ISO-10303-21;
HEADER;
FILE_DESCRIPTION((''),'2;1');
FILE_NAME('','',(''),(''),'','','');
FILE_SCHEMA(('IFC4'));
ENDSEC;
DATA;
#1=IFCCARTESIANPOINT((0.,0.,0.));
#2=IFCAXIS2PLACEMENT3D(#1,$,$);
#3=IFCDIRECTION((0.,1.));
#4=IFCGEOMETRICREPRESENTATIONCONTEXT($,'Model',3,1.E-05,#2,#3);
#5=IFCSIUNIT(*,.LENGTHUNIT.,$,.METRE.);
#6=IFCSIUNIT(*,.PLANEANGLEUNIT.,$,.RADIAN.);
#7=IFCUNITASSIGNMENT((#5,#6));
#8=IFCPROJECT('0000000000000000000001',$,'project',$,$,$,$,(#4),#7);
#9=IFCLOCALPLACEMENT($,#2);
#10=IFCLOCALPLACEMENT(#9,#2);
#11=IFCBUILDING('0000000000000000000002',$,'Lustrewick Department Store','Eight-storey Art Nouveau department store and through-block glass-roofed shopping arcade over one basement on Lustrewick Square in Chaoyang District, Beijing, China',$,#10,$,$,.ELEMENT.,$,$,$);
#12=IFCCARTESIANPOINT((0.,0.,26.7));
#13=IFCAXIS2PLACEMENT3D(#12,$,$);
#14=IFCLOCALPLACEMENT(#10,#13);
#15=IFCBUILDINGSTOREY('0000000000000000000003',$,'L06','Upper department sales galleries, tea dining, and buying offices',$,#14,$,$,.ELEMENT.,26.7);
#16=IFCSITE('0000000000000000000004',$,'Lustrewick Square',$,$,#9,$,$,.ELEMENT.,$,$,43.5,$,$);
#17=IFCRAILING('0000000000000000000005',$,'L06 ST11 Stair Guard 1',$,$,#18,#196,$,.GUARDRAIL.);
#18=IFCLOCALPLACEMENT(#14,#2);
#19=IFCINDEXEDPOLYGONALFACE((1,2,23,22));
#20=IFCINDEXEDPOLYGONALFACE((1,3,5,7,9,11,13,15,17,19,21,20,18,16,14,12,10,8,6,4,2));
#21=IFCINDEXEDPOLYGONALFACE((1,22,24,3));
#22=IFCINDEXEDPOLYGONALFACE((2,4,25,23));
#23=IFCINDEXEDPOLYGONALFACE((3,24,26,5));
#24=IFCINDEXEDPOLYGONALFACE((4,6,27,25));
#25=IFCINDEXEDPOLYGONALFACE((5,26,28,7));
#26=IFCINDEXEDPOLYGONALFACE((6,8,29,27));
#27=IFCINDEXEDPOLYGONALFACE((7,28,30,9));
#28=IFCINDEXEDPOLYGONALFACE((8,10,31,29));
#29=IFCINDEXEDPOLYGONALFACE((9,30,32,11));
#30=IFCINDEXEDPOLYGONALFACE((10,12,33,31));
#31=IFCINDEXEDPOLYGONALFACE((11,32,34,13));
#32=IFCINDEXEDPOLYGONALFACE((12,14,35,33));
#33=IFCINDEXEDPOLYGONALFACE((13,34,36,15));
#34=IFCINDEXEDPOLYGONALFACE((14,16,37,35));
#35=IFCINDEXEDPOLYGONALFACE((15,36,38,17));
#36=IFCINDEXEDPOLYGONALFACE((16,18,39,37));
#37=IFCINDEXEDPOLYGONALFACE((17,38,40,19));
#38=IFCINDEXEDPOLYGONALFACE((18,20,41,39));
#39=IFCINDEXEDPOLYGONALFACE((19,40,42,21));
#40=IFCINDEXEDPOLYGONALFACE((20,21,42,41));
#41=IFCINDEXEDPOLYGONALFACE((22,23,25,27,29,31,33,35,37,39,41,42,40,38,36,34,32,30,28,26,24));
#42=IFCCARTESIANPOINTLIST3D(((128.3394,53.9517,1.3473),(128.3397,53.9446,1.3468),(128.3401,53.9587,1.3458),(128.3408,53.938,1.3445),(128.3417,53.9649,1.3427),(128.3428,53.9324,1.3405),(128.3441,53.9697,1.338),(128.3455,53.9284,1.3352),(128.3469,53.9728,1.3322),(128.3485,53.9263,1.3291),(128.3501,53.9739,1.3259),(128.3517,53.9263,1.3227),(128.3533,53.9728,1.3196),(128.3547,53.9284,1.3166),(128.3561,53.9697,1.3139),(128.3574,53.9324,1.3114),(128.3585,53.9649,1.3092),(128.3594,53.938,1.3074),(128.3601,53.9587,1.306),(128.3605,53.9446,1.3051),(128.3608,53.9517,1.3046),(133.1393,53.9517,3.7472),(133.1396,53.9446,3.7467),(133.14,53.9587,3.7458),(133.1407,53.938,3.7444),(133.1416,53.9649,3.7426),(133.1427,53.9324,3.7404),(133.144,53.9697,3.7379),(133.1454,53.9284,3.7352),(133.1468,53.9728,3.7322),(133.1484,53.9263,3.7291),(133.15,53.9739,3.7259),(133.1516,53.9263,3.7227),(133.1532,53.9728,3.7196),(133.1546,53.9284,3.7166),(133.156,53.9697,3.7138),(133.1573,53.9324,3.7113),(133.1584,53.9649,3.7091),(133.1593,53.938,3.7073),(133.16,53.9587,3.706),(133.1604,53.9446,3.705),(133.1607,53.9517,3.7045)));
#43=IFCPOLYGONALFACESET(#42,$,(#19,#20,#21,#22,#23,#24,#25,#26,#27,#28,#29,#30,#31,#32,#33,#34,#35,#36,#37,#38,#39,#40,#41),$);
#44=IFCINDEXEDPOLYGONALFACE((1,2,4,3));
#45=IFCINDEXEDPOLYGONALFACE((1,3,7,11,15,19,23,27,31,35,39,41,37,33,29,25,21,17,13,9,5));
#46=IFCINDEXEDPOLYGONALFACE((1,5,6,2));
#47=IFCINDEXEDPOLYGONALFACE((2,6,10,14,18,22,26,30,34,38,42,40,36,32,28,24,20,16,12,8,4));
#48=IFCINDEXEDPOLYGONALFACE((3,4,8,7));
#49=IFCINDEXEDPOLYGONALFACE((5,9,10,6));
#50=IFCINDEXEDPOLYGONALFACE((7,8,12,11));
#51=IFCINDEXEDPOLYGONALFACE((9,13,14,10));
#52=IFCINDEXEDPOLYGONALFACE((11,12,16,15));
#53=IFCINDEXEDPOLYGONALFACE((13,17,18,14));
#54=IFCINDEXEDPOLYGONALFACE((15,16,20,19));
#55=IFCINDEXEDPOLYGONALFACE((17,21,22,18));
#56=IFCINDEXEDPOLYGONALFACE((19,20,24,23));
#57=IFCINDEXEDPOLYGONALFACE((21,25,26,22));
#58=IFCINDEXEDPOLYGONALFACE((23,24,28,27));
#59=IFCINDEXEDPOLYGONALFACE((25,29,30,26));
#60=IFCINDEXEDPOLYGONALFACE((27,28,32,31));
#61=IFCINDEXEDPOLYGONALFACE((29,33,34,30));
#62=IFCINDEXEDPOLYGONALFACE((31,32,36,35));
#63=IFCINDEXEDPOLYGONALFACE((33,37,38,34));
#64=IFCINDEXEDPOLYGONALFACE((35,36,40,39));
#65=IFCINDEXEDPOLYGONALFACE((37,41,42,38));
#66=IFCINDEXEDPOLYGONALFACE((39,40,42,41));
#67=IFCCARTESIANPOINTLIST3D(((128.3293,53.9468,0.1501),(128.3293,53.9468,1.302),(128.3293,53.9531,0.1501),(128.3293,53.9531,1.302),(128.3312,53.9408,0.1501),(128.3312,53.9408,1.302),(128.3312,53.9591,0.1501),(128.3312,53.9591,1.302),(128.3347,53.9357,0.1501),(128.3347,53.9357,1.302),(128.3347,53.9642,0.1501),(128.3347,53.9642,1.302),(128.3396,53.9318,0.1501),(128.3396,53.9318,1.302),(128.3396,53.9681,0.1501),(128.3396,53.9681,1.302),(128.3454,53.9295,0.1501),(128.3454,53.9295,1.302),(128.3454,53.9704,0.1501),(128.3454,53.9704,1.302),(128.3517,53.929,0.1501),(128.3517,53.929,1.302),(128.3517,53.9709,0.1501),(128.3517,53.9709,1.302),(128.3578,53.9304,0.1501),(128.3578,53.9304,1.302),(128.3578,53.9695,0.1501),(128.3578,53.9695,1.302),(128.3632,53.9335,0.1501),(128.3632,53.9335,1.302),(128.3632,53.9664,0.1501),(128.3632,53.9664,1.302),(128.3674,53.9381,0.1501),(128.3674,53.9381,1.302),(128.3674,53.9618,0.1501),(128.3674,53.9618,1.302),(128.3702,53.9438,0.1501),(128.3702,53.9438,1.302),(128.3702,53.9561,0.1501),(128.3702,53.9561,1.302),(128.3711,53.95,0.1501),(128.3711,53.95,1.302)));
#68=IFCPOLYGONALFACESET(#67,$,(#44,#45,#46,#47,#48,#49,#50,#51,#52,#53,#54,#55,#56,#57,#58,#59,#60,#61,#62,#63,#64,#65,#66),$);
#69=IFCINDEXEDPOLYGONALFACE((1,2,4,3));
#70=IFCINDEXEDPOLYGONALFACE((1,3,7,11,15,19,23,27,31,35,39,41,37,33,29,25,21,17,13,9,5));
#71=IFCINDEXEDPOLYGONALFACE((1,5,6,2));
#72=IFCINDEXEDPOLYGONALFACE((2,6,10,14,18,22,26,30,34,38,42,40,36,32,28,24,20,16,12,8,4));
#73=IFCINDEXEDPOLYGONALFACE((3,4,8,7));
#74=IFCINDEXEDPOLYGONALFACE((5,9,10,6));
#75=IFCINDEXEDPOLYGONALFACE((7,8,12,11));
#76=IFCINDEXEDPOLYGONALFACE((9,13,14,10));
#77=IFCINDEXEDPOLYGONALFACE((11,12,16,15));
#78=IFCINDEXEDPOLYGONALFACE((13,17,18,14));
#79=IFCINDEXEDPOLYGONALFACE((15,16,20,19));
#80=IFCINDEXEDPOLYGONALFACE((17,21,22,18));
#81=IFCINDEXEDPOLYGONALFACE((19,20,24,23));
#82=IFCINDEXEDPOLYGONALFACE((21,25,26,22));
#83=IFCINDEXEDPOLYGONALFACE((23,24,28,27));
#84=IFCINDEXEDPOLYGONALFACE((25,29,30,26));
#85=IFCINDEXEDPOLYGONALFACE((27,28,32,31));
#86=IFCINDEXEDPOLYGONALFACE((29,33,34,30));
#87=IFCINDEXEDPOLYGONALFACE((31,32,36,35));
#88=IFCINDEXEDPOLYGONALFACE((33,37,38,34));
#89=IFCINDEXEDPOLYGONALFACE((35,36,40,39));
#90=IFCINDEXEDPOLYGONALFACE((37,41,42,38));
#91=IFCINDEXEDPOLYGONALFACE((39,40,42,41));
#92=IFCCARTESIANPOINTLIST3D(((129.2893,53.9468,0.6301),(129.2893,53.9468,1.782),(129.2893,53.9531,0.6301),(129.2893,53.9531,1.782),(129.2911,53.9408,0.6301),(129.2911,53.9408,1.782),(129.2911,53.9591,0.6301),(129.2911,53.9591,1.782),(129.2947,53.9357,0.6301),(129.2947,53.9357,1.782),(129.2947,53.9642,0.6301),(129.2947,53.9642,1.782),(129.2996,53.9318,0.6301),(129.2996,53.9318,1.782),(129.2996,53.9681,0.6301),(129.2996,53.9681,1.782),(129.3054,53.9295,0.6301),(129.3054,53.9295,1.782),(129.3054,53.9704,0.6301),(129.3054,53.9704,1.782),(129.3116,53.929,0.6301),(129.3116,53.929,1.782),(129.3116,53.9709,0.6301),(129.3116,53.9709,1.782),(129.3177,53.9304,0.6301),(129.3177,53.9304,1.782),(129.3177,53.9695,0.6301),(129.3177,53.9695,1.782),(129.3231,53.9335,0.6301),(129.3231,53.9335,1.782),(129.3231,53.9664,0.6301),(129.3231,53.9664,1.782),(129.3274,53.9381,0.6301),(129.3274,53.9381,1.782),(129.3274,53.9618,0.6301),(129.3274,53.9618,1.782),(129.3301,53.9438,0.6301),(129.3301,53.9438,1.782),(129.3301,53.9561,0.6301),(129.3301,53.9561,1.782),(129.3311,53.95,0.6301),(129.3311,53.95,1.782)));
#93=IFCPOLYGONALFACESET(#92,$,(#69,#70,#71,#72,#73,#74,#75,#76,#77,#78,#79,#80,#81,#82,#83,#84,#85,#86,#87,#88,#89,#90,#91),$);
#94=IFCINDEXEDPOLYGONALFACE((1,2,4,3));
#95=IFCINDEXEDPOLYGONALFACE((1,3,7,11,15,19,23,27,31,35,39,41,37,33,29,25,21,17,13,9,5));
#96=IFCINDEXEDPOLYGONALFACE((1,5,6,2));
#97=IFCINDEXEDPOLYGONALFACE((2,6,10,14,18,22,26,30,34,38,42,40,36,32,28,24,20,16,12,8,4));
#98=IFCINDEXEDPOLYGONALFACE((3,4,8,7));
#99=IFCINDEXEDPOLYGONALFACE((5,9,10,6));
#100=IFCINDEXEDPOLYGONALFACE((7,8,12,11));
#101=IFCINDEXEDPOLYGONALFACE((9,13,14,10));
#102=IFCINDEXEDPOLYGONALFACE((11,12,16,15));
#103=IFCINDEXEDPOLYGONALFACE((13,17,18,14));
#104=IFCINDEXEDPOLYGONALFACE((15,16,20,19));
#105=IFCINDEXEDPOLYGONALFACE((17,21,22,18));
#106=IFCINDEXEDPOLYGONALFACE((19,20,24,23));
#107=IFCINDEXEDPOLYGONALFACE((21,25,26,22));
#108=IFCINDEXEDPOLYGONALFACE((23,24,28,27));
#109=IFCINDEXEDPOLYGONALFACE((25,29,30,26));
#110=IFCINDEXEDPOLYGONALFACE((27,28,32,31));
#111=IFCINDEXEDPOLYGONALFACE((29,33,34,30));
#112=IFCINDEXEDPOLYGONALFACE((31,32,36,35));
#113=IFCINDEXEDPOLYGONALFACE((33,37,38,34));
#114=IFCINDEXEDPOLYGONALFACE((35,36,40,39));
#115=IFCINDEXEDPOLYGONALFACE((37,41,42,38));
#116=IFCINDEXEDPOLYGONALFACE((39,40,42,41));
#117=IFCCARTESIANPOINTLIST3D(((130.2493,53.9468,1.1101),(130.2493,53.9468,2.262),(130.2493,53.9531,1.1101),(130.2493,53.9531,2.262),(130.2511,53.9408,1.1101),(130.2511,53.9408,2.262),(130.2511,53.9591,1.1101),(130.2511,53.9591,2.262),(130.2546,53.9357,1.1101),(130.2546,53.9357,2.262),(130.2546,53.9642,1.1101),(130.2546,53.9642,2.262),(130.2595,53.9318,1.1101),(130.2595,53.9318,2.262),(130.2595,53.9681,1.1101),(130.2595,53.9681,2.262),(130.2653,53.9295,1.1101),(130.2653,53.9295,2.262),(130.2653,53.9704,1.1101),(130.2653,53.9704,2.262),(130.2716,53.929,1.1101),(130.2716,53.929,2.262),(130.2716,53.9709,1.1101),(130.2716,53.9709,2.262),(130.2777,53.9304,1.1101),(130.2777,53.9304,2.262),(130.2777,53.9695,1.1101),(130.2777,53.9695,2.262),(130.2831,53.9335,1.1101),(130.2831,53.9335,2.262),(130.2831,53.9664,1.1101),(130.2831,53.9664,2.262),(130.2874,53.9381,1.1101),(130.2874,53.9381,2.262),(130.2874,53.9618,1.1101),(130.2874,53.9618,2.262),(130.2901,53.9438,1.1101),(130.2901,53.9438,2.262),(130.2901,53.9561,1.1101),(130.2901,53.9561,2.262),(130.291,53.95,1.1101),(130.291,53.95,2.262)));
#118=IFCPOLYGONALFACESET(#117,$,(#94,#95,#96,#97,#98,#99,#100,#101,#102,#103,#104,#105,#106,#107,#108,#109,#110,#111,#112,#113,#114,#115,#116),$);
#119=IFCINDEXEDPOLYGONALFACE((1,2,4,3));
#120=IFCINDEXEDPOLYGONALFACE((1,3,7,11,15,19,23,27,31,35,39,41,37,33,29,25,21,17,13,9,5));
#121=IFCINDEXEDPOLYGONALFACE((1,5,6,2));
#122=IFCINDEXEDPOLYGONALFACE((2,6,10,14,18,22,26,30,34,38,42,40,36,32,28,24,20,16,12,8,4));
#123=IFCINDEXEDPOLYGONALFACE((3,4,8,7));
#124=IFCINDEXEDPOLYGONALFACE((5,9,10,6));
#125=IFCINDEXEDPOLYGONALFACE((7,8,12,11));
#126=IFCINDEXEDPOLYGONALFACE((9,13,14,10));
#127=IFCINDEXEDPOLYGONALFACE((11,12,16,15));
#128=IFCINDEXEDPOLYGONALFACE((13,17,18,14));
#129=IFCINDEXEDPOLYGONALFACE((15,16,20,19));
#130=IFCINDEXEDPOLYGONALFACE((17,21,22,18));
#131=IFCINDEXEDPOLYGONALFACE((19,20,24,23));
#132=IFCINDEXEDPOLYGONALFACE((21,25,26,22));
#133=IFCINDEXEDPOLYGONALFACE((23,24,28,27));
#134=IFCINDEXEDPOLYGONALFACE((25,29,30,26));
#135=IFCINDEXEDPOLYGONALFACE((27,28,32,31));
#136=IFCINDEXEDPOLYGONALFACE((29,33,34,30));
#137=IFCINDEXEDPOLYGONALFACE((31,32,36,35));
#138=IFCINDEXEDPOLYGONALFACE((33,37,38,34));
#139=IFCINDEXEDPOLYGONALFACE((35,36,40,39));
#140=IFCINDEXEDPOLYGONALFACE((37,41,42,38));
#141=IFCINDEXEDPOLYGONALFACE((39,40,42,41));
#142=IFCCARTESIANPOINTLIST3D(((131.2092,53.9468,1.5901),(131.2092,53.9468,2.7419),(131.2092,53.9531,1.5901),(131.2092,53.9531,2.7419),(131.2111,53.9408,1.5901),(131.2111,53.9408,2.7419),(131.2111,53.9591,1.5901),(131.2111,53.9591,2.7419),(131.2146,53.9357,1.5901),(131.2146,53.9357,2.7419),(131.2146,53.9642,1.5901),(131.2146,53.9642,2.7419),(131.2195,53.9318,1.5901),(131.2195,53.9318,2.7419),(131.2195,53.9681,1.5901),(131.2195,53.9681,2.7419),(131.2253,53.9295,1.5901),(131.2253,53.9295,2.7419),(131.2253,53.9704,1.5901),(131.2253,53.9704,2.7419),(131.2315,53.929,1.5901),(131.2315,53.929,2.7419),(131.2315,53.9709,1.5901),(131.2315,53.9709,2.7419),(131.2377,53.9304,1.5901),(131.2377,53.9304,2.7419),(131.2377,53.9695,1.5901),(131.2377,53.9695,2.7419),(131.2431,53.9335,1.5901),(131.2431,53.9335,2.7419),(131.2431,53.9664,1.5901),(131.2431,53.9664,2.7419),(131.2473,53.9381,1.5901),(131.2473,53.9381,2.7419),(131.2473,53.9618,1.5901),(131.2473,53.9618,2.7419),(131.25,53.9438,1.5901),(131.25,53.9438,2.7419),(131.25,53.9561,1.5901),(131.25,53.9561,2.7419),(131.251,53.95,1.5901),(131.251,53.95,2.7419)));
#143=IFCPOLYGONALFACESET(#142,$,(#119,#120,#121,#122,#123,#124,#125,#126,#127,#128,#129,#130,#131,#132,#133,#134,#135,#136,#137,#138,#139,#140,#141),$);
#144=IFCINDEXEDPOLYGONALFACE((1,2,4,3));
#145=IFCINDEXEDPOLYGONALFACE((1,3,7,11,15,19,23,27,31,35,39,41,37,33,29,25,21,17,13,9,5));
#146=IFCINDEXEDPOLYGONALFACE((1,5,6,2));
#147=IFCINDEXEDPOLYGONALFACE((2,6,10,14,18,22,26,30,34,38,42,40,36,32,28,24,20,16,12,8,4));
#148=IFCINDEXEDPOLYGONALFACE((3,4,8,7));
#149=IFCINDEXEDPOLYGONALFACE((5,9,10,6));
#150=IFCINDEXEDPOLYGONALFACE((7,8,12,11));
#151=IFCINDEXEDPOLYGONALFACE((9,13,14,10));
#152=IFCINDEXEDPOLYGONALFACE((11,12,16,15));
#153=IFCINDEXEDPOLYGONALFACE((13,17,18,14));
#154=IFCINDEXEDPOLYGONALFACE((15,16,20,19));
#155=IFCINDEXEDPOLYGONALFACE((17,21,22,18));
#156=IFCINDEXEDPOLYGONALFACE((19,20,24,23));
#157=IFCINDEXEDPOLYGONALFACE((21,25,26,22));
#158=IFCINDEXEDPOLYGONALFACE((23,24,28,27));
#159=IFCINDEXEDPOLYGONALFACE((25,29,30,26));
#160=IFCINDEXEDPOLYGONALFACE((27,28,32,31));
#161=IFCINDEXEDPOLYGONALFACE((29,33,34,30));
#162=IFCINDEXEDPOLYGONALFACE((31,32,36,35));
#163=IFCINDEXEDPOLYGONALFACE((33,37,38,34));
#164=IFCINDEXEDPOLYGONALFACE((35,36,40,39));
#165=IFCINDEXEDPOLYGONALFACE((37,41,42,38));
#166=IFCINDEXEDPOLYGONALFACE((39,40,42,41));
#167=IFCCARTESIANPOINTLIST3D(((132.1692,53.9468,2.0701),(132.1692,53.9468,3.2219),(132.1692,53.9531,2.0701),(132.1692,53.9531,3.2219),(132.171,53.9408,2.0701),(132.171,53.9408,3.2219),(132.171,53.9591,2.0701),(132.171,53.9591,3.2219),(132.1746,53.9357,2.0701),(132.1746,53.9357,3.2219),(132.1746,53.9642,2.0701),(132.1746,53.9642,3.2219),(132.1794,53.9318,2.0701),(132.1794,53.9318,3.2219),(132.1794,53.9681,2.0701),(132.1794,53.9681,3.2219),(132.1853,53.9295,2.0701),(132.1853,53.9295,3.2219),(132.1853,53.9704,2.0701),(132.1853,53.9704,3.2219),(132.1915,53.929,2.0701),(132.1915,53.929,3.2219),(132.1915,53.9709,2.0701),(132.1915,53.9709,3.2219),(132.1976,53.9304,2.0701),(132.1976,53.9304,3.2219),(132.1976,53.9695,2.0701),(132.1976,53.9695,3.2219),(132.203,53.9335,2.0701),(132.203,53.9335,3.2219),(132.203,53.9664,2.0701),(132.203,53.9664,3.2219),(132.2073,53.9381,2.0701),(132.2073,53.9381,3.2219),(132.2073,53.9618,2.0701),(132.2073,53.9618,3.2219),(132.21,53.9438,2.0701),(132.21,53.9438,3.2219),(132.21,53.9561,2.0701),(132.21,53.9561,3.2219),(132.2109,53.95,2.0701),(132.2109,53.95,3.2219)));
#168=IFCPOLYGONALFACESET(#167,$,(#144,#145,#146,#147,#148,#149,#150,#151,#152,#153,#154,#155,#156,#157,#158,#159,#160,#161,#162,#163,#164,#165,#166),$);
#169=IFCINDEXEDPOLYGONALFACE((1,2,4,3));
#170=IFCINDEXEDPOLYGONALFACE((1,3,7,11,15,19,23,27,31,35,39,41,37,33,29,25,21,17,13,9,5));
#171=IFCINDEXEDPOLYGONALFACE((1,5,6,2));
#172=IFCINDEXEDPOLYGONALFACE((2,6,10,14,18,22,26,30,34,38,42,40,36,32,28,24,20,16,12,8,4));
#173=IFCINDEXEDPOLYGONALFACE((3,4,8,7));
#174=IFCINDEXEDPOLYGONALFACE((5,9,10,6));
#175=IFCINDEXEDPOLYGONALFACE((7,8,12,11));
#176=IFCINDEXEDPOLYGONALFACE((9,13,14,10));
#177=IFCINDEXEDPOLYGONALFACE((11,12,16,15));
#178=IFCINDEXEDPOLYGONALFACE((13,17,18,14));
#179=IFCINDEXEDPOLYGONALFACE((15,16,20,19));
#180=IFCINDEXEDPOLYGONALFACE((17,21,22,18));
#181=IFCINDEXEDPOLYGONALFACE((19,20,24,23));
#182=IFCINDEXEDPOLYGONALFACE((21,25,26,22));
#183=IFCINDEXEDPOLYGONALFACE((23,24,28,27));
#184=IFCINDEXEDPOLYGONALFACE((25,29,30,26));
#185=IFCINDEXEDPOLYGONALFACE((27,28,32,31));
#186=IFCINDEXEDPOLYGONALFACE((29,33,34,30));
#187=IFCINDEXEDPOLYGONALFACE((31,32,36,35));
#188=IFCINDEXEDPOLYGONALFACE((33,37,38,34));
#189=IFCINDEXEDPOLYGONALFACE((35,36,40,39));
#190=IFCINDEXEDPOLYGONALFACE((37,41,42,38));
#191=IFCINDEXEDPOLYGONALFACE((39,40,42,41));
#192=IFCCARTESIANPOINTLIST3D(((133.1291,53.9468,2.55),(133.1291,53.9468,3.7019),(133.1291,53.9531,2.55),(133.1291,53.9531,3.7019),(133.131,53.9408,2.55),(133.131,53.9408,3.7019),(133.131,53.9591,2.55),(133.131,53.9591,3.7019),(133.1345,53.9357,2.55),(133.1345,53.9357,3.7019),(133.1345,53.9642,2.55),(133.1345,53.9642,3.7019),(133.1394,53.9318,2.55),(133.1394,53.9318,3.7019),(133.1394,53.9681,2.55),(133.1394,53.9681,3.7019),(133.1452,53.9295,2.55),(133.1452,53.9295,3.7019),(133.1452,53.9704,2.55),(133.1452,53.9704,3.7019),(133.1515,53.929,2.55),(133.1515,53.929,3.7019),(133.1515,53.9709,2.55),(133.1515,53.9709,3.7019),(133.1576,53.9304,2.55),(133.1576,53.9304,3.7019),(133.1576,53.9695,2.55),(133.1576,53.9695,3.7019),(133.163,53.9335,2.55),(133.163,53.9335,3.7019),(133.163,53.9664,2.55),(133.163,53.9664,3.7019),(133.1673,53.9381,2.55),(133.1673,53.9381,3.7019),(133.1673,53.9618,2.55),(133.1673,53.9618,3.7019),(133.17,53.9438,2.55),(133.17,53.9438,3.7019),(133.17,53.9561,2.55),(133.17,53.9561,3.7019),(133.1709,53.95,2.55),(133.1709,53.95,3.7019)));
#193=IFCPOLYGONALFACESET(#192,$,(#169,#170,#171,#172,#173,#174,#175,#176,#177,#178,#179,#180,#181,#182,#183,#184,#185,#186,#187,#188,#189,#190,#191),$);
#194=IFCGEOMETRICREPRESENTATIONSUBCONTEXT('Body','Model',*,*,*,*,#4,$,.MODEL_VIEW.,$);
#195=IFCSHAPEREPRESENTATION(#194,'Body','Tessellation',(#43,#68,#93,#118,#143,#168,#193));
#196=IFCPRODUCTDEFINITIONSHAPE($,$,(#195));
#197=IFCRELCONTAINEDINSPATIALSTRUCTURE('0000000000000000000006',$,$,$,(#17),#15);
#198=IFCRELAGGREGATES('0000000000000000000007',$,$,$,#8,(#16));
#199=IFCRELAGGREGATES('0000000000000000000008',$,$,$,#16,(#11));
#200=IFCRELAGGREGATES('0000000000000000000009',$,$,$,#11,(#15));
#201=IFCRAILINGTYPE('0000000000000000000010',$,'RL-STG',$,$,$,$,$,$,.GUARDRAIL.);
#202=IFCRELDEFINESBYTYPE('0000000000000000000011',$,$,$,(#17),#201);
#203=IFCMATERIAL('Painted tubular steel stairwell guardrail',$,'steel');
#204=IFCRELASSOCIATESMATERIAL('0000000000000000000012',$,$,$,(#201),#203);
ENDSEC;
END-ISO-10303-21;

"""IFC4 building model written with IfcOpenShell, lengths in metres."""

from ifc_helpers import new_model, si_unit, direction, frame, origin, origin_2d, place, context, subcontext, project, spatial, circle, extrude, material, type_object, element, save


model = new_model("IFC4")

# Units and contexts
model_context = context("Model", 3, precision=1e-05, world=origin(), true_north=direction((0.0, 1.0)))
body_context = subcontext(model_context, "Body", "Model", "MODEL_VIEW")
ifc_project = project(units=[si_unit("LENGTHUNIT", "METRE"), si_unit("PLANEANGLEUNIT", "RADIAN")], contexts=[model_context])

# Site, building, storey
site_placement = place(None, origin())
site = spatial("IfcSite", under=ifc_project, at=site_placement, Name="Lustrewick Square", CompositionType="ELEMENT", RefElevation=43.5)
building_placement = place(site_placement, origin())
building = spatial("IfcBuilding", under=site, at=building_placement, Name="Lustrewick Department Store", Description="Eight-storey Art Nouveau department store and through-block glass-roofed shopping arcade over one basement on Lustrewick Square in Chaoyang District, Beijing, China", CompositionType="ELEMENT")
storey_placement = place(building_placement, frame((0.0, 0.0, 26.7)))
storey = spatial("IfcBuildingStorey", under=building, at=storey_placement, Name="L06", Description="Upper department sales galleries, tea dining, and buying offices", CompositionType="ELEMENT", Elevation=26.7)

# Railing
ifc_material_1 = material(Name="Painted tubular steel stairwell guardrail", Category="steel")
railing_type_1 = type_object("IfcRailingType", Name="RL-STG", PredefinedType="GUARDRAIL", material=ifc_material_1)
railing_1_placement = place(storey_placement, frame((128.3501, 53.95, 0.1501)))
element("IfcRailing", 1, at=railing_1_placement, inside=storey, type_object=railing_type_1, Name="L06 ST11 Stair Guard 1", PredefinedType="GUARDRAIL", context=body_context, shape_type="SweptSolid", body=[
    extrude(circle(Radius=0.0239, at=origin_2d()), frame((0.0, 0.0, 1.1758), z_axis=(0.894427, 0.0, 0.447214), x_axis=(0.0, 1.0, 0.0)), (0.0, 0.0, 1.0), 5.3665),
    extrude(circle(Radius=0.021, at=origin_2d()), origin(), (0.0, 0.0, 1.0), 1.1519),
    extrude(circle(Radius=0.021, at=origin_2d()), frame((0.96, 0.0, 0.48)), (0.0, 0.0, 1.0), 1.1519),
    extrude(circle(Radius=0.021, at=origin_2d()), frame((1.9199, 0.0, 0.96)), (0.0, 0.0, 1.0), 1.1519),
    extrude(circle(Radius=0.021, at=origin_2d()), frame((2.8799, 0.0, 1.4399)), (0.0, 0.0, 1.0), 1.1519),
    extrude(circle(Radius=0.021, at=origin_2d()), frame((3.8398, 0.0, 1.9199)), (0.0, 0.0, 1.0), 1.1519),
    extrude(circle(Radius=0.021, at=origin_2d()), frame((4.7998, 0.0, 2.3999)), (0.0, 0.0, 1.0), 1.1519),
])

save(model, "model.ifc")
